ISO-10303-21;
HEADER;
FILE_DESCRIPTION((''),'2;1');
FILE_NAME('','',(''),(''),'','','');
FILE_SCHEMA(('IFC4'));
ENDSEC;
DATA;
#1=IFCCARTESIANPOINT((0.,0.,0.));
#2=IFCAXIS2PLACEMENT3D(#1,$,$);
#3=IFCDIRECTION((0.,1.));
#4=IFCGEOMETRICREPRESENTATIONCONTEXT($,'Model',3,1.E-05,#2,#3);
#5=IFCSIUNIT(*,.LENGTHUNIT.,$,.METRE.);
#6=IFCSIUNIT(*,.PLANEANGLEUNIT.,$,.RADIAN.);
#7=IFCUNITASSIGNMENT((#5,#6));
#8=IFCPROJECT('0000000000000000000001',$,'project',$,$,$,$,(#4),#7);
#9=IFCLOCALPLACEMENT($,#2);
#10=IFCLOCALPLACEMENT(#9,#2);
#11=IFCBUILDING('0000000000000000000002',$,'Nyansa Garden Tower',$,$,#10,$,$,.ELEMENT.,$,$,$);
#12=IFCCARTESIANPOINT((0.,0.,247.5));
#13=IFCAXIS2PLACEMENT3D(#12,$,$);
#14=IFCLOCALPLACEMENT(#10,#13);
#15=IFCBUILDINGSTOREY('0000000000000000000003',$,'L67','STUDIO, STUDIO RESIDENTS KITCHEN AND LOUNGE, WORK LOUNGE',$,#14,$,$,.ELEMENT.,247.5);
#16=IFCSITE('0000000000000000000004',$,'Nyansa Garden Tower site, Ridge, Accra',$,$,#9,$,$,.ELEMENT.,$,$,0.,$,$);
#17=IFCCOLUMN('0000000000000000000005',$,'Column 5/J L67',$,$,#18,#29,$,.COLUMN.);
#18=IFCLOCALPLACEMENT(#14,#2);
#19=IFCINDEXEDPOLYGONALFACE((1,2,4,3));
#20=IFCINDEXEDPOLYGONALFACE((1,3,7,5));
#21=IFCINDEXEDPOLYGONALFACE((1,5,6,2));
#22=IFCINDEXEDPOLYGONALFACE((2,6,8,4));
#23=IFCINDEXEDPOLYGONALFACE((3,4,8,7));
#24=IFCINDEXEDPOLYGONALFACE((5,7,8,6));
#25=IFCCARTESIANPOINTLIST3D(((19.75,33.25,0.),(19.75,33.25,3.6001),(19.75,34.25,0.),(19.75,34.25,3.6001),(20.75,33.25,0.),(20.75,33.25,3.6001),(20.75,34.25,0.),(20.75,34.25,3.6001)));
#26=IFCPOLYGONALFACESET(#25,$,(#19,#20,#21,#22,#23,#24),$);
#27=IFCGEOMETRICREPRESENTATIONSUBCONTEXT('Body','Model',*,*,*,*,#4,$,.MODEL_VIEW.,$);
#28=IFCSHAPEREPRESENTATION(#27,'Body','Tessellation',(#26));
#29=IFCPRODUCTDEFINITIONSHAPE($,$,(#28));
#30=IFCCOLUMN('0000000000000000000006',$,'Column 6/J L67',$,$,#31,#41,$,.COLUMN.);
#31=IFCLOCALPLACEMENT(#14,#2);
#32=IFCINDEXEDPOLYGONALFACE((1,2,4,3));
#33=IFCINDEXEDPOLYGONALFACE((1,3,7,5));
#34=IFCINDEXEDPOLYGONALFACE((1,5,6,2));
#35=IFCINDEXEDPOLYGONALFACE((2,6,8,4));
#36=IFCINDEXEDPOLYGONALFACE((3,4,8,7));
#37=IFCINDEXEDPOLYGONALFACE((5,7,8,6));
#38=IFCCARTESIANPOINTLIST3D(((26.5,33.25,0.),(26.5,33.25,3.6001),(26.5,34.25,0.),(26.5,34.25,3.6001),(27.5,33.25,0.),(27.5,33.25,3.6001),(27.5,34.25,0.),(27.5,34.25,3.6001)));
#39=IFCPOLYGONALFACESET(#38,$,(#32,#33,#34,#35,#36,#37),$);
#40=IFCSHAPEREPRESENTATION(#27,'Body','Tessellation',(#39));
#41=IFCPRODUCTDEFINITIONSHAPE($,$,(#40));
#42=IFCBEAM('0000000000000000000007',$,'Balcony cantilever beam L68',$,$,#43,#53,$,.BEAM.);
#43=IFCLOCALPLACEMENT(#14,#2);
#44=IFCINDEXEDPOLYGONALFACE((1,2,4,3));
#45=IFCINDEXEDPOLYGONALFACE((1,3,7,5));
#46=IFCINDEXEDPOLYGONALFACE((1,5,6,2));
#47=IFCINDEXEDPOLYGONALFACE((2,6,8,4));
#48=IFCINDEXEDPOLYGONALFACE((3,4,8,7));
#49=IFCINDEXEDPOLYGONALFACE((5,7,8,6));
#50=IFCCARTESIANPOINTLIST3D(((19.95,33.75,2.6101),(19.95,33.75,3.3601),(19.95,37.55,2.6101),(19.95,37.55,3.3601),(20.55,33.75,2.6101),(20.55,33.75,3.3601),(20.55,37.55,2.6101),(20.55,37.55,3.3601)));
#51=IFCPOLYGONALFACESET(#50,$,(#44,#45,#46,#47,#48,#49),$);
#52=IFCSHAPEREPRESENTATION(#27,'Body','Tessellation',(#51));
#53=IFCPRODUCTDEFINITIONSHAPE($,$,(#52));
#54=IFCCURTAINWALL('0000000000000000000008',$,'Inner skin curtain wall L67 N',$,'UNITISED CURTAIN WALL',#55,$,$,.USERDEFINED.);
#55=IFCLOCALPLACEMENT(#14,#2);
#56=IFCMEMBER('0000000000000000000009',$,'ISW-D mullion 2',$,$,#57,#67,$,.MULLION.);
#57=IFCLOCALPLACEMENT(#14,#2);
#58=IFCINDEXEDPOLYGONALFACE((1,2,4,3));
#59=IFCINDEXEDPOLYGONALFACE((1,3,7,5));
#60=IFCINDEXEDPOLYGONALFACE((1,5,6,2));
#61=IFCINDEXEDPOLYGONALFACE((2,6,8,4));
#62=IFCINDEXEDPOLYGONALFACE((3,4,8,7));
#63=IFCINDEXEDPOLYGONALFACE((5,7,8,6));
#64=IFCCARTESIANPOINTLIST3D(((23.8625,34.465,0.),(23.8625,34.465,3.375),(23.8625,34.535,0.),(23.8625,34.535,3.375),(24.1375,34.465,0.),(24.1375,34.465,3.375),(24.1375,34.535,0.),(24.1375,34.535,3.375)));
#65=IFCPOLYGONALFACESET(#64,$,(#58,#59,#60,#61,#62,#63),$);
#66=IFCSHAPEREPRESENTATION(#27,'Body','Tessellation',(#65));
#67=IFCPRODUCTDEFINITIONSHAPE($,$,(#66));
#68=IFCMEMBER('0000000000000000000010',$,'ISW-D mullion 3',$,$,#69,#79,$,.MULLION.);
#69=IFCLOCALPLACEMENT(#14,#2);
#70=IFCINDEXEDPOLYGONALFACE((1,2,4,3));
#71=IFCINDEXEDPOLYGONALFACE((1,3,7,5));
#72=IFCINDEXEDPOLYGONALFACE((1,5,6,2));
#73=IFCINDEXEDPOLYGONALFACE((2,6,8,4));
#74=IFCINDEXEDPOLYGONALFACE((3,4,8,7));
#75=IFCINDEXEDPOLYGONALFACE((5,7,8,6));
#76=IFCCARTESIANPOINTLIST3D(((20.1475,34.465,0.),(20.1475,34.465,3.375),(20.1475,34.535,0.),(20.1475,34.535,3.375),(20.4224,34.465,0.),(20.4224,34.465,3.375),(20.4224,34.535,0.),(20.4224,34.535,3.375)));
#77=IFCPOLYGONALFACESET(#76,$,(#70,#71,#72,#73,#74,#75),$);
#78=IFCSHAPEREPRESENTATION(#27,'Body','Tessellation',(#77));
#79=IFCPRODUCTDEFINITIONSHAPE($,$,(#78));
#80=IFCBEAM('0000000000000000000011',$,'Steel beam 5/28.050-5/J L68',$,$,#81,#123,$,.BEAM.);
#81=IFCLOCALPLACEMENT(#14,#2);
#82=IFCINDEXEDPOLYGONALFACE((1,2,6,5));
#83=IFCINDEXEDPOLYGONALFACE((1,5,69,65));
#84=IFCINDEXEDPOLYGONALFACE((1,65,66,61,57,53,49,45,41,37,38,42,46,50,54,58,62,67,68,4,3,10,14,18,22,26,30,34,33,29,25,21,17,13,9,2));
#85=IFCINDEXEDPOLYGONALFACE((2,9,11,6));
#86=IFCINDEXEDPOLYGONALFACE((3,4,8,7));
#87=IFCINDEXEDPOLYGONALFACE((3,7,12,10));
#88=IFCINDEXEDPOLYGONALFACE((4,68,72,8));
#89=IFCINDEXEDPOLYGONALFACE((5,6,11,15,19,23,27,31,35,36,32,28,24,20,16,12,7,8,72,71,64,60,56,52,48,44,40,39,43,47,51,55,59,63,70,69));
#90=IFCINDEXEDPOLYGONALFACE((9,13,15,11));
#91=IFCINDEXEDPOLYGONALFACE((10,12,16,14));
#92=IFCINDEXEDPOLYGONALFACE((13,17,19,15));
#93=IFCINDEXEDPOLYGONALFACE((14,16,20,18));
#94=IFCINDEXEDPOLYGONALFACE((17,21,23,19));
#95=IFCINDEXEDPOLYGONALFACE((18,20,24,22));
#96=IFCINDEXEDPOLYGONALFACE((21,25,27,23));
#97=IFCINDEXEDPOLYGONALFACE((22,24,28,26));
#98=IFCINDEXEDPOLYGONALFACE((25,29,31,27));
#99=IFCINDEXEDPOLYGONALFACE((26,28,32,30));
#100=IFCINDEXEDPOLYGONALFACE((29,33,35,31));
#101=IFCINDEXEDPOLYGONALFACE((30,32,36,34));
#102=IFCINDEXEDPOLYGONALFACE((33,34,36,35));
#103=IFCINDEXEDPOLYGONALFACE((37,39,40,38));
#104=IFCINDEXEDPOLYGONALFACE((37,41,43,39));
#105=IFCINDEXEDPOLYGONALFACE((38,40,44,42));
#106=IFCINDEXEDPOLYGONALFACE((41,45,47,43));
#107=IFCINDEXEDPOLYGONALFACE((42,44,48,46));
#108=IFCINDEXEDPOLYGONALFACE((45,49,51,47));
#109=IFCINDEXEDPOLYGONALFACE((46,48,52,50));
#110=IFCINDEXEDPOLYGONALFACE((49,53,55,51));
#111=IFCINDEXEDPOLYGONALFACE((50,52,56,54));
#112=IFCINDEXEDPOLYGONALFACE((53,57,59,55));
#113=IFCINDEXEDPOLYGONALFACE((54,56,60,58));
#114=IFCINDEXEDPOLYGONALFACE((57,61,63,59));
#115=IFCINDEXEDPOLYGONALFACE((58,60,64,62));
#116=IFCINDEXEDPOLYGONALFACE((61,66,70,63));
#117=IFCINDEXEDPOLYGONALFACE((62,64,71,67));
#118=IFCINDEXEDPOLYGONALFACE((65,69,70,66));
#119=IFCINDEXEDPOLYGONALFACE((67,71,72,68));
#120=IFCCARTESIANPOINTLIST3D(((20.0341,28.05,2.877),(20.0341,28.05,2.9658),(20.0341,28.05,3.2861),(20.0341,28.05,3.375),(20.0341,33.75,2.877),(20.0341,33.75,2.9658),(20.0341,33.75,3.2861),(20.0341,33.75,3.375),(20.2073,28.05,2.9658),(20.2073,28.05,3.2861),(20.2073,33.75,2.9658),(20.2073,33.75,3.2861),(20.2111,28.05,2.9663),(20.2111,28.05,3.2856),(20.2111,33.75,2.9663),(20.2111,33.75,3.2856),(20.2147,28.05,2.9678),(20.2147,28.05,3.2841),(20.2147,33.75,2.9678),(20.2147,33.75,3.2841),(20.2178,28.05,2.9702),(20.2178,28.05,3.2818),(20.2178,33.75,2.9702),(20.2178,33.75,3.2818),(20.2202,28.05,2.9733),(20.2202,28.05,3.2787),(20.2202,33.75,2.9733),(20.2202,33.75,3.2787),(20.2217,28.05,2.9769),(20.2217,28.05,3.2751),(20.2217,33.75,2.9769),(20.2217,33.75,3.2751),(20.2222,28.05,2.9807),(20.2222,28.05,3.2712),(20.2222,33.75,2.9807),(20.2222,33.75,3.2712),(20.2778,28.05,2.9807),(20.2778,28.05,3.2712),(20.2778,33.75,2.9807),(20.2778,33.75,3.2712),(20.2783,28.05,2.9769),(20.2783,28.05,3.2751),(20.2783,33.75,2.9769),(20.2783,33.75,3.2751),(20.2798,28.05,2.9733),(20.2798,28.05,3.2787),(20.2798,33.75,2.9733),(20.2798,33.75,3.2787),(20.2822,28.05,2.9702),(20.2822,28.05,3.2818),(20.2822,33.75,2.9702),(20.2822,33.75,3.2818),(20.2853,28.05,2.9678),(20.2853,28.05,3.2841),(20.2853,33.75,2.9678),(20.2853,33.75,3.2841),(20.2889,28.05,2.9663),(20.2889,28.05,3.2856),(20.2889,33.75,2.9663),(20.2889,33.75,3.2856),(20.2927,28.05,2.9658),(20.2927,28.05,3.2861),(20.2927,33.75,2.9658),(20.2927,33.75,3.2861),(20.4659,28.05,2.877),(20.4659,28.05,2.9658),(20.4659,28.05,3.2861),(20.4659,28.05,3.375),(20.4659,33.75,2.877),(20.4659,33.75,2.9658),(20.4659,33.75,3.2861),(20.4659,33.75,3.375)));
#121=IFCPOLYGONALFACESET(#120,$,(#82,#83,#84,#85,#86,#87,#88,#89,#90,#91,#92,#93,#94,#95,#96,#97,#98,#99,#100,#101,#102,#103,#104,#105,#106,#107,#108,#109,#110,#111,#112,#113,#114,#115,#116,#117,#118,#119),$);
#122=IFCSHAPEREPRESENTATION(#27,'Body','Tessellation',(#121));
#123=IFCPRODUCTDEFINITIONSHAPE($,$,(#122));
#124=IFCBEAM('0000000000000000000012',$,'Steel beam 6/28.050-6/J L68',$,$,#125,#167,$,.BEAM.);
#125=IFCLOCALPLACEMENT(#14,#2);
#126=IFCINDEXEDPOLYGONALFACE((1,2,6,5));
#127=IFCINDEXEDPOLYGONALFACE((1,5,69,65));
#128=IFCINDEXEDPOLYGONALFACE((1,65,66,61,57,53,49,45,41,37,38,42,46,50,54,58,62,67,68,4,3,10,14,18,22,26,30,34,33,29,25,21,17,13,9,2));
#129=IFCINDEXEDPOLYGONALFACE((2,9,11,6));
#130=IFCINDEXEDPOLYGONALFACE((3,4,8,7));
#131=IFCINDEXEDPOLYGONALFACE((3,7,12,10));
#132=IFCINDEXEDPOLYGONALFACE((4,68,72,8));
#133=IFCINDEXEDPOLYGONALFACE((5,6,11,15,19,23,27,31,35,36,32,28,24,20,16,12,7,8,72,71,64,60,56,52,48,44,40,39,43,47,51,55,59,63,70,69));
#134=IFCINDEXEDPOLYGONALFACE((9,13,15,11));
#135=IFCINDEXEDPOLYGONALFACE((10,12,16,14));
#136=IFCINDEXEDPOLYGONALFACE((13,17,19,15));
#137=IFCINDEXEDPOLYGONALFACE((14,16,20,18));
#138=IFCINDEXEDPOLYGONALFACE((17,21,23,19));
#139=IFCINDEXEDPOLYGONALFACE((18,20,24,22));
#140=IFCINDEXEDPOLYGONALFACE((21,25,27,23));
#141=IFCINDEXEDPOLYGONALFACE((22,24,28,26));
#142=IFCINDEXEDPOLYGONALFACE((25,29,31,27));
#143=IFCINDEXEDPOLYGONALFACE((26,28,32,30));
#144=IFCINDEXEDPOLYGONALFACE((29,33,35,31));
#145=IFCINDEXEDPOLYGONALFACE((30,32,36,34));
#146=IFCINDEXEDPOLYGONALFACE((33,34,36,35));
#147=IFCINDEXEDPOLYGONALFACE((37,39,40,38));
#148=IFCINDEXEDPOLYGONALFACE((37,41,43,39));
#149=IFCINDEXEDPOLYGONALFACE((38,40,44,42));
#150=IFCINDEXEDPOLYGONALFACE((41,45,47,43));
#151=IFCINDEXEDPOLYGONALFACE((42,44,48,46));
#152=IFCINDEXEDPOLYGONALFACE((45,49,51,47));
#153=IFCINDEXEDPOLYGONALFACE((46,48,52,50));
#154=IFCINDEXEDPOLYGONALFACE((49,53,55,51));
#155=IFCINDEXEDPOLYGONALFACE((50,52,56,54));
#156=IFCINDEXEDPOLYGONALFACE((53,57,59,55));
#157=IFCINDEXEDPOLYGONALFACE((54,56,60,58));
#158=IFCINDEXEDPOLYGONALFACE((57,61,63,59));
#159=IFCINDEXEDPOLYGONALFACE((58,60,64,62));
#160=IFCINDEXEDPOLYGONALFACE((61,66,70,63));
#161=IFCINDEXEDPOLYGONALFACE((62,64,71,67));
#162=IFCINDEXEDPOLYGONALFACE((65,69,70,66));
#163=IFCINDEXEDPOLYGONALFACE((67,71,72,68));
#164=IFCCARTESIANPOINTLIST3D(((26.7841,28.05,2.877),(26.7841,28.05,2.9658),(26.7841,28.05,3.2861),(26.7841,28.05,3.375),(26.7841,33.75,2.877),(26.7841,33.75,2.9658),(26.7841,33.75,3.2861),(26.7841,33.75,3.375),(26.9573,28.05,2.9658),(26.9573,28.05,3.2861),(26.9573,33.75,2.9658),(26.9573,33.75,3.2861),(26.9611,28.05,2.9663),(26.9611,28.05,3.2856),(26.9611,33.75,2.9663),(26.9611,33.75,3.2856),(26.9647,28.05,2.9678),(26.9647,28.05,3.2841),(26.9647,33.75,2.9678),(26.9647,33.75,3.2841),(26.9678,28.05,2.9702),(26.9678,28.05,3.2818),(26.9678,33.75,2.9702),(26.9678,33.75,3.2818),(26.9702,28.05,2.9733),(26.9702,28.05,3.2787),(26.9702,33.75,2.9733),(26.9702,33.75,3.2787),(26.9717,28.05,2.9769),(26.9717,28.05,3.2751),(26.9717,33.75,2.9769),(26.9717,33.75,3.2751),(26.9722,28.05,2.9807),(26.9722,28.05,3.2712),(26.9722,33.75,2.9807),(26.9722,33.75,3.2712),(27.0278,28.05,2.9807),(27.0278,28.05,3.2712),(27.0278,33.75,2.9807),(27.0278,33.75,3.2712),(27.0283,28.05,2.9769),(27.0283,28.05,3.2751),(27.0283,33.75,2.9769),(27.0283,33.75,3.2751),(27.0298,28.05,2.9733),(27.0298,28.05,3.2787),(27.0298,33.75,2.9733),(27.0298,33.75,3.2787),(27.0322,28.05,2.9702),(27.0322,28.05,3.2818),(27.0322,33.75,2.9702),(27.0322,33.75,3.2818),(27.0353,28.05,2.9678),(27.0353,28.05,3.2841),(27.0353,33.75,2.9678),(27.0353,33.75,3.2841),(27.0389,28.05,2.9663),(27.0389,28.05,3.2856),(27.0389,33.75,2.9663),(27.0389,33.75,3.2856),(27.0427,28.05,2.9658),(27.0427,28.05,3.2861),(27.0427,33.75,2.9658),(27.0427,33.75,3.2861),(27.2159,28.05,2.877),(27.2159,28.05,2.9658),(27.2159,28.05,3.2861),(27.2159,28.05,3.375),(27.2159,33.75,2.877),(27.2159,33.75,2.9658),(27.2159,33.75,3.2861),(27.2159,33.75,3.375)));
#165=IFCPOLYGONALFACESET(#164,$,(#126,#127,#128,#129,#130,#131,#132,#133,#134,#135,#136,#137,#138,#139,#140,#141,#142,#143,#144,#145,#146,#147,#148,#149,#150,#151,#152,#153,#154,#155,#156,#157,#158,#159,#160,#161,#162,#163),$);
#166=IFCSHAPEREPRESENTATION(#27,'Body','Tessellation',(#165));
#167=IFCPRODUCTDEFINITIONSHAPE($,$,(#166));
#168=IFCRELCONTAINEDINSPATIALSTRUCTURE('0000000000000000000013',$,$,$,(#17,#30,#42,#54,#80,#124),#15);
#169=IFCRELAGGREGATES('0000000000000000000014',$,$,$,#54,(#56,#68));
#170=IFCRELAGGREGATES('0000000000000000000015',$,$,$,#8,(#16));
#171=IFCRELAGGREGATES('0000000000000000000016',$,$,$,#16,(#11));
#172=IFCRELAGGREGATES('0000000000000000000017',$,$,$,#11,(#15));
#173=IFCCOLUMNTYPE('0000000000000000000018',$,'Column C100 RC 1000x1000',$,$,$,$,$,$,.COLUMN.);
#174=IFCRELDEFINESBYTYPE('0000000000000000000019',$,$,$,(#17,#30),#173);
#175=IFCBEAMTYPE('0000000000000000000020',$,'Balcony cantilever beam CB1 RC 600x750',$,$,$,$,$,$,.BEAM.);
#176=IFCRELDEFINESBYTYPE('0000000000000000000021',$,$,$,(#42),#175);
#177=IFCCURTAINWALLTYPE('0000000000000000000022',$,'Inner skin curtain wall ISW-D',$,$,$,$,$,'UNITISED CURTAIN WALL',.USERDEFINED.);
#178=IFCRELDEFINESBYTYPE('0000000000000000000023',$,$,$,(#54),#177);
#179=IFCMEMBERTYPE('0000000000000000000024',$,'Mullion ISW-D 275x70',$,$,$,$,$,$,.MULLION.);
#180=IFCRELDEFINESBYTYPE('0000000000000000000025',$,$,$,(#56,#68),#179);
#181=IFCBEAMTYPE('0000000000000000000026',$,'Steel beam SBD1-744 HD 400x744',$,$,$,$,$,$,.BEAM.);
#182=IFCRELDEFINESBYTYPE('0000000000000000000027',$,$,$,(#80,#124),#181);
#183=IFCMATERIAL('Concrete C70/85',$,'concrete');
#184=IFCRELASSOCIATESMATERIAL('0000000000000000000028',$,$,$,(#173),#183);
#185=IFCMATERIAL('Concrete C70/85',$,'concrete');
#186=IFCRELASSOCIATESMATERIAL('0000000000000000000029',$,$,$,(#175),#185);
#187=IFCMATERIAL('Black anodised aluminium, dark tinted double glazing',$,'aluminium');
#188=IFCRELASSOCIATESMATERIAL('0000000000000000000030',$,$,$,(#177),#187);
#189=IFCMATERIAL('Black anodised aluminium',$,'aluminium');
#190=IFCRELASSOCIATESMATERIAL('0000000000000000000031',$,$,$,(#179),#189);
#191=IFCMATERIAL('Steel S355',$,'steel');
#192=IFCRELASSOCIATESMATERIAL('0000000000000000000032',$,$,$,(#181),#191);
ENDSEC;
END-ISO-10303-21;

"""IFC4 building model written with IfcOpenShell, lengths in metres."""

from ifc_helpers import new_model, si_unit, direction, frame, origin, origin_2d, place, context, subcontext, project, spatial, rectangle, i_section, extrude, material, material_profile, profile_set, type_object, element, aggregate, save


model = new_model("IFC4")

# Units and contexts
model_context = context("Model", 3, precision=1e-05, world=origin(), true_north=direction((0.0, 1.0)))
body_context = subcontext(model_context, "Body", "Model", "MODEL_VIEW")
ifc_project = project(units=[si_unit("LENGTHUNIT", "METRE"), si_unit("PLANEANGLEUNIT", "RADIAN")], contexts=[model_context])

# Site, building, storey
site_placement = place(None, origin())
site = spatial("IfcSite", under=ifc_project, at=site_placement, Name="Nyansa Garden Tower site, Ridge, Accra", CompositionType="ELEMENT", RefElevation=0.0)
building_placement = place(site_placement, origin())
building = spatial("IfcBuilding", under=site, at=building_placement, Name="Nyansa Garden Tower", CompositionType="ELEMENT")
storey_placement = place(building_placement, frame((0.0, 0.0, 247.5)))
storey = spatial("IfcBuildingStorey", under=building, at=storey_placement, Name="L67", Description="STUDIO, STUDIO RESIDENTS KITCHEN AND LOUNGE, WORK LOUNGE", CompositionType="ELEMENT", Elevation=247.5)

# Columns
ifc_material_1 = material(Name="Concrete C70/85", Category="concrete")
ifc_material_profile_1 = material_profile(ifc_material_1, rectangle(XDim=1.0, YDim=1.0, at=origin_2d()), Name="RC 1000x1000")
ifc_profile_set_1 = profile_set([ifc_material_profile_1], Name="Concrete C70/85")
column_type = type_object("IfcColumnType", Name="Column C100 RC 1000x1000", PredefinedType="COLUMN", material=ifc_profile_set_1)
for number, where, z_axis, x_axis, name in (
    (1, (20.25, 33.75, 0.0), (0.0, 0.0, 1.0), (1.0, 0.0, 0.0), "Column 5/J L67"),
    (2, (27.0, 33.75, 0.0), (0.0, 0.0, 1.0), (1.0, 0.0, 0.0), "Column 6/J L67"),
):
    element("IfcColumn", number, at=place(storey_placement, frame(where, z_axis=z_axis, x_axis=x_axis)), inside=storey, type_object=column_type, Name=name, PredefinedType="COLUMN", context=body_context, shape_type="SweptSolid", body=[
        extrude(rectangle(XDim=1.0, YDim=1.0, at=origin_2d()), origin(), (0.0, 0.0, 1.0), 3.6001),
    ])

# Beam
ifc_material_2 = material(Name="Concrete C70/85", Category="concrete")
ifc_material_profile_2 = material_profile(ifc_material_2, rectangle(XDim=0.6001, YDim=0.75, at=origin_2d()), Name="RC 600x750")
ifc_profile_set_2 = profile_set([ifc_material_profile_2], Name="Concrete C70/85")
beam_type_1 = type_object("IfcBeamType", Name="Balcony cantilever beam CB1 RC 600x750", PredefinedType="BEAM", material=ifc_profile_set_2)
beam_1_placement = place(storey_placement, frame((20.25, 33.75, 2.9851), z_axis=(0.0, 1.0, 0.0), x_axis=(-1.0, 0.0, 0.0)))
element("IfcBeam", 3, at=beam_1_placement, inside=storey, type_object=beam_type_1, Name="Balcony cantilever beam L68", PredefinedType="BEAM", context=body_context, shape_type="SweptSolid", body=[
    extrude(rectangle(XDim=0.6001, YDim=0.75, at=origin_2d()), origin(), (0.0, 0.0, 1.0), 3.8),
])

# Curtain wall, members
ifc_material_3 = material(Name="Black anodised aluminium, dark tinted double glazing", Category="aluminium")
curtain_wall_type = type_object("IfcCurtainWallType", Name="Inner skin curtain wall ISW-D", ElementType="UNITISED CURTAIN WALL", PredefinedType="USERDEFINED", material=ifc_material_3)
curtain_wall_placement = place(storey_placement, origin())
curtain_wall = element("IfcCurtainWall", 4, at=curtain_wall_placement, inside=storey, type_object=curtain_wall_type, Name="Inner skin curtain wall L67 N", ObjectType="UNITISED CURTAIN WALL", PredefinedType="USERDEFINED")
ifc_material_4 = material(Name="Black anodised aluminium", Category="aluminium")
ifc_material_profile_3 = material_profile(ifc_material_4, rectangle(XDim=0.0701, YDim=0.2749, at=origin_2d()), Name="Mullion 275x70")
ifc_profile_set_3 = profile_set([ifc_material_profile_3], Name="Black anodised aluminium")
member_type_1 = type_object("IfcMemberType", Name="Mullion ISW-D 275x70", PredefinedType="MULLION", material=ifc_profile_set_3)
member_1_placement = place(storey_placement, frame((24.0, 34.5, 0.0), z_axis=(0.0, 0.0, 1.0), x_axis=(0.0, -1.0, 0.0)))
member_1 = element("IfcMember", 5, at=member_1_placement, type_object=member_type_1, Name="ISW-D mullion 2", PredefinedType="MULLION", context=body_context, shape_type="SweptSolid", body=[
    extrude(rectangle(XDim=0.0701, YDim=0.2749, at=origin_2d()), origin(), (0.0, 0.0, 1.0), 3.375),
])
member_2_placement = place(storey_placement, frame((20.2849, 34.5, 0.0), z_axis=(0.0, 0.0, 1.0), x_axis=(0.0, -1.0, 0.0)))
member_2 = element("IfcMember", 6, at=member_2_placement, type_object=member_type_1, Name="ISW-D mullion 3", PredefinedType="MULLION", context=body_context, shape_type="SweptSolid", body=[
    extrude(rectangle(XDim=0.0701, YDim=0.2749, at=origin_2d()), origin(), (0.0, 0.0, 1.0), 3.375),
])

# Beams
ifc_material_5 = material(Name="Steel S355", Category="steel")
ifc_material_profile_4 = material_profile(ifc_material_5, i_section(OverallWidth=0.4319, OverallDepth=0.498, WebThickness=0.0557, FlangeThickness=0.0889, FilletRadius=0.0149, at=origin_2d()), Name="HD 400x744")
ifc_profile_set_4 = profile_set([ifc_material_profile_4], Name="Steel S355")
beam_type_2 = type_object("IfcBeamType", Name="Steel beam SBD1-744 HD 400x744", PredefinedType="BEAM", material=ifc_profile_set_4)
for number, where, z_axis, x_axis, name in (
    (7, (20.25, 28.05, 3.126), (0.0, 1.0, 0.0), (-1.0, 0.0, 0.0), "Steel beam 5/28.050-5/J L68"),
    (8, (27.0, 28.05, 3.126), (0.0, 1.0, 0.0), (-1.0, 0.0, 0.0), "Steel beam 6/28.050-6/J L68"),
):
    element("IfcBeam", number, at=place(storey_placement, frame(where, z_axis=z_axis, x_axis=x_axis)), inside=storey, type_object=beam_type_2, Name=name, PredefinedType="BEAM", context=body_context, shape_type="SweptSolid", body=[
        extrude(i_section(OverallWidth=0.4319, OverallDepth=0.498, WebThickness=0.0557, FlangeThickness=0.0889, FilletRadius=0.0149, at=origin_2d()), origin(), (0.0, 0.0, 1.0), 5.7),
    ])

aggregate(curtain_wall, [member_1, member_2])

save(model, "model.ifc")
